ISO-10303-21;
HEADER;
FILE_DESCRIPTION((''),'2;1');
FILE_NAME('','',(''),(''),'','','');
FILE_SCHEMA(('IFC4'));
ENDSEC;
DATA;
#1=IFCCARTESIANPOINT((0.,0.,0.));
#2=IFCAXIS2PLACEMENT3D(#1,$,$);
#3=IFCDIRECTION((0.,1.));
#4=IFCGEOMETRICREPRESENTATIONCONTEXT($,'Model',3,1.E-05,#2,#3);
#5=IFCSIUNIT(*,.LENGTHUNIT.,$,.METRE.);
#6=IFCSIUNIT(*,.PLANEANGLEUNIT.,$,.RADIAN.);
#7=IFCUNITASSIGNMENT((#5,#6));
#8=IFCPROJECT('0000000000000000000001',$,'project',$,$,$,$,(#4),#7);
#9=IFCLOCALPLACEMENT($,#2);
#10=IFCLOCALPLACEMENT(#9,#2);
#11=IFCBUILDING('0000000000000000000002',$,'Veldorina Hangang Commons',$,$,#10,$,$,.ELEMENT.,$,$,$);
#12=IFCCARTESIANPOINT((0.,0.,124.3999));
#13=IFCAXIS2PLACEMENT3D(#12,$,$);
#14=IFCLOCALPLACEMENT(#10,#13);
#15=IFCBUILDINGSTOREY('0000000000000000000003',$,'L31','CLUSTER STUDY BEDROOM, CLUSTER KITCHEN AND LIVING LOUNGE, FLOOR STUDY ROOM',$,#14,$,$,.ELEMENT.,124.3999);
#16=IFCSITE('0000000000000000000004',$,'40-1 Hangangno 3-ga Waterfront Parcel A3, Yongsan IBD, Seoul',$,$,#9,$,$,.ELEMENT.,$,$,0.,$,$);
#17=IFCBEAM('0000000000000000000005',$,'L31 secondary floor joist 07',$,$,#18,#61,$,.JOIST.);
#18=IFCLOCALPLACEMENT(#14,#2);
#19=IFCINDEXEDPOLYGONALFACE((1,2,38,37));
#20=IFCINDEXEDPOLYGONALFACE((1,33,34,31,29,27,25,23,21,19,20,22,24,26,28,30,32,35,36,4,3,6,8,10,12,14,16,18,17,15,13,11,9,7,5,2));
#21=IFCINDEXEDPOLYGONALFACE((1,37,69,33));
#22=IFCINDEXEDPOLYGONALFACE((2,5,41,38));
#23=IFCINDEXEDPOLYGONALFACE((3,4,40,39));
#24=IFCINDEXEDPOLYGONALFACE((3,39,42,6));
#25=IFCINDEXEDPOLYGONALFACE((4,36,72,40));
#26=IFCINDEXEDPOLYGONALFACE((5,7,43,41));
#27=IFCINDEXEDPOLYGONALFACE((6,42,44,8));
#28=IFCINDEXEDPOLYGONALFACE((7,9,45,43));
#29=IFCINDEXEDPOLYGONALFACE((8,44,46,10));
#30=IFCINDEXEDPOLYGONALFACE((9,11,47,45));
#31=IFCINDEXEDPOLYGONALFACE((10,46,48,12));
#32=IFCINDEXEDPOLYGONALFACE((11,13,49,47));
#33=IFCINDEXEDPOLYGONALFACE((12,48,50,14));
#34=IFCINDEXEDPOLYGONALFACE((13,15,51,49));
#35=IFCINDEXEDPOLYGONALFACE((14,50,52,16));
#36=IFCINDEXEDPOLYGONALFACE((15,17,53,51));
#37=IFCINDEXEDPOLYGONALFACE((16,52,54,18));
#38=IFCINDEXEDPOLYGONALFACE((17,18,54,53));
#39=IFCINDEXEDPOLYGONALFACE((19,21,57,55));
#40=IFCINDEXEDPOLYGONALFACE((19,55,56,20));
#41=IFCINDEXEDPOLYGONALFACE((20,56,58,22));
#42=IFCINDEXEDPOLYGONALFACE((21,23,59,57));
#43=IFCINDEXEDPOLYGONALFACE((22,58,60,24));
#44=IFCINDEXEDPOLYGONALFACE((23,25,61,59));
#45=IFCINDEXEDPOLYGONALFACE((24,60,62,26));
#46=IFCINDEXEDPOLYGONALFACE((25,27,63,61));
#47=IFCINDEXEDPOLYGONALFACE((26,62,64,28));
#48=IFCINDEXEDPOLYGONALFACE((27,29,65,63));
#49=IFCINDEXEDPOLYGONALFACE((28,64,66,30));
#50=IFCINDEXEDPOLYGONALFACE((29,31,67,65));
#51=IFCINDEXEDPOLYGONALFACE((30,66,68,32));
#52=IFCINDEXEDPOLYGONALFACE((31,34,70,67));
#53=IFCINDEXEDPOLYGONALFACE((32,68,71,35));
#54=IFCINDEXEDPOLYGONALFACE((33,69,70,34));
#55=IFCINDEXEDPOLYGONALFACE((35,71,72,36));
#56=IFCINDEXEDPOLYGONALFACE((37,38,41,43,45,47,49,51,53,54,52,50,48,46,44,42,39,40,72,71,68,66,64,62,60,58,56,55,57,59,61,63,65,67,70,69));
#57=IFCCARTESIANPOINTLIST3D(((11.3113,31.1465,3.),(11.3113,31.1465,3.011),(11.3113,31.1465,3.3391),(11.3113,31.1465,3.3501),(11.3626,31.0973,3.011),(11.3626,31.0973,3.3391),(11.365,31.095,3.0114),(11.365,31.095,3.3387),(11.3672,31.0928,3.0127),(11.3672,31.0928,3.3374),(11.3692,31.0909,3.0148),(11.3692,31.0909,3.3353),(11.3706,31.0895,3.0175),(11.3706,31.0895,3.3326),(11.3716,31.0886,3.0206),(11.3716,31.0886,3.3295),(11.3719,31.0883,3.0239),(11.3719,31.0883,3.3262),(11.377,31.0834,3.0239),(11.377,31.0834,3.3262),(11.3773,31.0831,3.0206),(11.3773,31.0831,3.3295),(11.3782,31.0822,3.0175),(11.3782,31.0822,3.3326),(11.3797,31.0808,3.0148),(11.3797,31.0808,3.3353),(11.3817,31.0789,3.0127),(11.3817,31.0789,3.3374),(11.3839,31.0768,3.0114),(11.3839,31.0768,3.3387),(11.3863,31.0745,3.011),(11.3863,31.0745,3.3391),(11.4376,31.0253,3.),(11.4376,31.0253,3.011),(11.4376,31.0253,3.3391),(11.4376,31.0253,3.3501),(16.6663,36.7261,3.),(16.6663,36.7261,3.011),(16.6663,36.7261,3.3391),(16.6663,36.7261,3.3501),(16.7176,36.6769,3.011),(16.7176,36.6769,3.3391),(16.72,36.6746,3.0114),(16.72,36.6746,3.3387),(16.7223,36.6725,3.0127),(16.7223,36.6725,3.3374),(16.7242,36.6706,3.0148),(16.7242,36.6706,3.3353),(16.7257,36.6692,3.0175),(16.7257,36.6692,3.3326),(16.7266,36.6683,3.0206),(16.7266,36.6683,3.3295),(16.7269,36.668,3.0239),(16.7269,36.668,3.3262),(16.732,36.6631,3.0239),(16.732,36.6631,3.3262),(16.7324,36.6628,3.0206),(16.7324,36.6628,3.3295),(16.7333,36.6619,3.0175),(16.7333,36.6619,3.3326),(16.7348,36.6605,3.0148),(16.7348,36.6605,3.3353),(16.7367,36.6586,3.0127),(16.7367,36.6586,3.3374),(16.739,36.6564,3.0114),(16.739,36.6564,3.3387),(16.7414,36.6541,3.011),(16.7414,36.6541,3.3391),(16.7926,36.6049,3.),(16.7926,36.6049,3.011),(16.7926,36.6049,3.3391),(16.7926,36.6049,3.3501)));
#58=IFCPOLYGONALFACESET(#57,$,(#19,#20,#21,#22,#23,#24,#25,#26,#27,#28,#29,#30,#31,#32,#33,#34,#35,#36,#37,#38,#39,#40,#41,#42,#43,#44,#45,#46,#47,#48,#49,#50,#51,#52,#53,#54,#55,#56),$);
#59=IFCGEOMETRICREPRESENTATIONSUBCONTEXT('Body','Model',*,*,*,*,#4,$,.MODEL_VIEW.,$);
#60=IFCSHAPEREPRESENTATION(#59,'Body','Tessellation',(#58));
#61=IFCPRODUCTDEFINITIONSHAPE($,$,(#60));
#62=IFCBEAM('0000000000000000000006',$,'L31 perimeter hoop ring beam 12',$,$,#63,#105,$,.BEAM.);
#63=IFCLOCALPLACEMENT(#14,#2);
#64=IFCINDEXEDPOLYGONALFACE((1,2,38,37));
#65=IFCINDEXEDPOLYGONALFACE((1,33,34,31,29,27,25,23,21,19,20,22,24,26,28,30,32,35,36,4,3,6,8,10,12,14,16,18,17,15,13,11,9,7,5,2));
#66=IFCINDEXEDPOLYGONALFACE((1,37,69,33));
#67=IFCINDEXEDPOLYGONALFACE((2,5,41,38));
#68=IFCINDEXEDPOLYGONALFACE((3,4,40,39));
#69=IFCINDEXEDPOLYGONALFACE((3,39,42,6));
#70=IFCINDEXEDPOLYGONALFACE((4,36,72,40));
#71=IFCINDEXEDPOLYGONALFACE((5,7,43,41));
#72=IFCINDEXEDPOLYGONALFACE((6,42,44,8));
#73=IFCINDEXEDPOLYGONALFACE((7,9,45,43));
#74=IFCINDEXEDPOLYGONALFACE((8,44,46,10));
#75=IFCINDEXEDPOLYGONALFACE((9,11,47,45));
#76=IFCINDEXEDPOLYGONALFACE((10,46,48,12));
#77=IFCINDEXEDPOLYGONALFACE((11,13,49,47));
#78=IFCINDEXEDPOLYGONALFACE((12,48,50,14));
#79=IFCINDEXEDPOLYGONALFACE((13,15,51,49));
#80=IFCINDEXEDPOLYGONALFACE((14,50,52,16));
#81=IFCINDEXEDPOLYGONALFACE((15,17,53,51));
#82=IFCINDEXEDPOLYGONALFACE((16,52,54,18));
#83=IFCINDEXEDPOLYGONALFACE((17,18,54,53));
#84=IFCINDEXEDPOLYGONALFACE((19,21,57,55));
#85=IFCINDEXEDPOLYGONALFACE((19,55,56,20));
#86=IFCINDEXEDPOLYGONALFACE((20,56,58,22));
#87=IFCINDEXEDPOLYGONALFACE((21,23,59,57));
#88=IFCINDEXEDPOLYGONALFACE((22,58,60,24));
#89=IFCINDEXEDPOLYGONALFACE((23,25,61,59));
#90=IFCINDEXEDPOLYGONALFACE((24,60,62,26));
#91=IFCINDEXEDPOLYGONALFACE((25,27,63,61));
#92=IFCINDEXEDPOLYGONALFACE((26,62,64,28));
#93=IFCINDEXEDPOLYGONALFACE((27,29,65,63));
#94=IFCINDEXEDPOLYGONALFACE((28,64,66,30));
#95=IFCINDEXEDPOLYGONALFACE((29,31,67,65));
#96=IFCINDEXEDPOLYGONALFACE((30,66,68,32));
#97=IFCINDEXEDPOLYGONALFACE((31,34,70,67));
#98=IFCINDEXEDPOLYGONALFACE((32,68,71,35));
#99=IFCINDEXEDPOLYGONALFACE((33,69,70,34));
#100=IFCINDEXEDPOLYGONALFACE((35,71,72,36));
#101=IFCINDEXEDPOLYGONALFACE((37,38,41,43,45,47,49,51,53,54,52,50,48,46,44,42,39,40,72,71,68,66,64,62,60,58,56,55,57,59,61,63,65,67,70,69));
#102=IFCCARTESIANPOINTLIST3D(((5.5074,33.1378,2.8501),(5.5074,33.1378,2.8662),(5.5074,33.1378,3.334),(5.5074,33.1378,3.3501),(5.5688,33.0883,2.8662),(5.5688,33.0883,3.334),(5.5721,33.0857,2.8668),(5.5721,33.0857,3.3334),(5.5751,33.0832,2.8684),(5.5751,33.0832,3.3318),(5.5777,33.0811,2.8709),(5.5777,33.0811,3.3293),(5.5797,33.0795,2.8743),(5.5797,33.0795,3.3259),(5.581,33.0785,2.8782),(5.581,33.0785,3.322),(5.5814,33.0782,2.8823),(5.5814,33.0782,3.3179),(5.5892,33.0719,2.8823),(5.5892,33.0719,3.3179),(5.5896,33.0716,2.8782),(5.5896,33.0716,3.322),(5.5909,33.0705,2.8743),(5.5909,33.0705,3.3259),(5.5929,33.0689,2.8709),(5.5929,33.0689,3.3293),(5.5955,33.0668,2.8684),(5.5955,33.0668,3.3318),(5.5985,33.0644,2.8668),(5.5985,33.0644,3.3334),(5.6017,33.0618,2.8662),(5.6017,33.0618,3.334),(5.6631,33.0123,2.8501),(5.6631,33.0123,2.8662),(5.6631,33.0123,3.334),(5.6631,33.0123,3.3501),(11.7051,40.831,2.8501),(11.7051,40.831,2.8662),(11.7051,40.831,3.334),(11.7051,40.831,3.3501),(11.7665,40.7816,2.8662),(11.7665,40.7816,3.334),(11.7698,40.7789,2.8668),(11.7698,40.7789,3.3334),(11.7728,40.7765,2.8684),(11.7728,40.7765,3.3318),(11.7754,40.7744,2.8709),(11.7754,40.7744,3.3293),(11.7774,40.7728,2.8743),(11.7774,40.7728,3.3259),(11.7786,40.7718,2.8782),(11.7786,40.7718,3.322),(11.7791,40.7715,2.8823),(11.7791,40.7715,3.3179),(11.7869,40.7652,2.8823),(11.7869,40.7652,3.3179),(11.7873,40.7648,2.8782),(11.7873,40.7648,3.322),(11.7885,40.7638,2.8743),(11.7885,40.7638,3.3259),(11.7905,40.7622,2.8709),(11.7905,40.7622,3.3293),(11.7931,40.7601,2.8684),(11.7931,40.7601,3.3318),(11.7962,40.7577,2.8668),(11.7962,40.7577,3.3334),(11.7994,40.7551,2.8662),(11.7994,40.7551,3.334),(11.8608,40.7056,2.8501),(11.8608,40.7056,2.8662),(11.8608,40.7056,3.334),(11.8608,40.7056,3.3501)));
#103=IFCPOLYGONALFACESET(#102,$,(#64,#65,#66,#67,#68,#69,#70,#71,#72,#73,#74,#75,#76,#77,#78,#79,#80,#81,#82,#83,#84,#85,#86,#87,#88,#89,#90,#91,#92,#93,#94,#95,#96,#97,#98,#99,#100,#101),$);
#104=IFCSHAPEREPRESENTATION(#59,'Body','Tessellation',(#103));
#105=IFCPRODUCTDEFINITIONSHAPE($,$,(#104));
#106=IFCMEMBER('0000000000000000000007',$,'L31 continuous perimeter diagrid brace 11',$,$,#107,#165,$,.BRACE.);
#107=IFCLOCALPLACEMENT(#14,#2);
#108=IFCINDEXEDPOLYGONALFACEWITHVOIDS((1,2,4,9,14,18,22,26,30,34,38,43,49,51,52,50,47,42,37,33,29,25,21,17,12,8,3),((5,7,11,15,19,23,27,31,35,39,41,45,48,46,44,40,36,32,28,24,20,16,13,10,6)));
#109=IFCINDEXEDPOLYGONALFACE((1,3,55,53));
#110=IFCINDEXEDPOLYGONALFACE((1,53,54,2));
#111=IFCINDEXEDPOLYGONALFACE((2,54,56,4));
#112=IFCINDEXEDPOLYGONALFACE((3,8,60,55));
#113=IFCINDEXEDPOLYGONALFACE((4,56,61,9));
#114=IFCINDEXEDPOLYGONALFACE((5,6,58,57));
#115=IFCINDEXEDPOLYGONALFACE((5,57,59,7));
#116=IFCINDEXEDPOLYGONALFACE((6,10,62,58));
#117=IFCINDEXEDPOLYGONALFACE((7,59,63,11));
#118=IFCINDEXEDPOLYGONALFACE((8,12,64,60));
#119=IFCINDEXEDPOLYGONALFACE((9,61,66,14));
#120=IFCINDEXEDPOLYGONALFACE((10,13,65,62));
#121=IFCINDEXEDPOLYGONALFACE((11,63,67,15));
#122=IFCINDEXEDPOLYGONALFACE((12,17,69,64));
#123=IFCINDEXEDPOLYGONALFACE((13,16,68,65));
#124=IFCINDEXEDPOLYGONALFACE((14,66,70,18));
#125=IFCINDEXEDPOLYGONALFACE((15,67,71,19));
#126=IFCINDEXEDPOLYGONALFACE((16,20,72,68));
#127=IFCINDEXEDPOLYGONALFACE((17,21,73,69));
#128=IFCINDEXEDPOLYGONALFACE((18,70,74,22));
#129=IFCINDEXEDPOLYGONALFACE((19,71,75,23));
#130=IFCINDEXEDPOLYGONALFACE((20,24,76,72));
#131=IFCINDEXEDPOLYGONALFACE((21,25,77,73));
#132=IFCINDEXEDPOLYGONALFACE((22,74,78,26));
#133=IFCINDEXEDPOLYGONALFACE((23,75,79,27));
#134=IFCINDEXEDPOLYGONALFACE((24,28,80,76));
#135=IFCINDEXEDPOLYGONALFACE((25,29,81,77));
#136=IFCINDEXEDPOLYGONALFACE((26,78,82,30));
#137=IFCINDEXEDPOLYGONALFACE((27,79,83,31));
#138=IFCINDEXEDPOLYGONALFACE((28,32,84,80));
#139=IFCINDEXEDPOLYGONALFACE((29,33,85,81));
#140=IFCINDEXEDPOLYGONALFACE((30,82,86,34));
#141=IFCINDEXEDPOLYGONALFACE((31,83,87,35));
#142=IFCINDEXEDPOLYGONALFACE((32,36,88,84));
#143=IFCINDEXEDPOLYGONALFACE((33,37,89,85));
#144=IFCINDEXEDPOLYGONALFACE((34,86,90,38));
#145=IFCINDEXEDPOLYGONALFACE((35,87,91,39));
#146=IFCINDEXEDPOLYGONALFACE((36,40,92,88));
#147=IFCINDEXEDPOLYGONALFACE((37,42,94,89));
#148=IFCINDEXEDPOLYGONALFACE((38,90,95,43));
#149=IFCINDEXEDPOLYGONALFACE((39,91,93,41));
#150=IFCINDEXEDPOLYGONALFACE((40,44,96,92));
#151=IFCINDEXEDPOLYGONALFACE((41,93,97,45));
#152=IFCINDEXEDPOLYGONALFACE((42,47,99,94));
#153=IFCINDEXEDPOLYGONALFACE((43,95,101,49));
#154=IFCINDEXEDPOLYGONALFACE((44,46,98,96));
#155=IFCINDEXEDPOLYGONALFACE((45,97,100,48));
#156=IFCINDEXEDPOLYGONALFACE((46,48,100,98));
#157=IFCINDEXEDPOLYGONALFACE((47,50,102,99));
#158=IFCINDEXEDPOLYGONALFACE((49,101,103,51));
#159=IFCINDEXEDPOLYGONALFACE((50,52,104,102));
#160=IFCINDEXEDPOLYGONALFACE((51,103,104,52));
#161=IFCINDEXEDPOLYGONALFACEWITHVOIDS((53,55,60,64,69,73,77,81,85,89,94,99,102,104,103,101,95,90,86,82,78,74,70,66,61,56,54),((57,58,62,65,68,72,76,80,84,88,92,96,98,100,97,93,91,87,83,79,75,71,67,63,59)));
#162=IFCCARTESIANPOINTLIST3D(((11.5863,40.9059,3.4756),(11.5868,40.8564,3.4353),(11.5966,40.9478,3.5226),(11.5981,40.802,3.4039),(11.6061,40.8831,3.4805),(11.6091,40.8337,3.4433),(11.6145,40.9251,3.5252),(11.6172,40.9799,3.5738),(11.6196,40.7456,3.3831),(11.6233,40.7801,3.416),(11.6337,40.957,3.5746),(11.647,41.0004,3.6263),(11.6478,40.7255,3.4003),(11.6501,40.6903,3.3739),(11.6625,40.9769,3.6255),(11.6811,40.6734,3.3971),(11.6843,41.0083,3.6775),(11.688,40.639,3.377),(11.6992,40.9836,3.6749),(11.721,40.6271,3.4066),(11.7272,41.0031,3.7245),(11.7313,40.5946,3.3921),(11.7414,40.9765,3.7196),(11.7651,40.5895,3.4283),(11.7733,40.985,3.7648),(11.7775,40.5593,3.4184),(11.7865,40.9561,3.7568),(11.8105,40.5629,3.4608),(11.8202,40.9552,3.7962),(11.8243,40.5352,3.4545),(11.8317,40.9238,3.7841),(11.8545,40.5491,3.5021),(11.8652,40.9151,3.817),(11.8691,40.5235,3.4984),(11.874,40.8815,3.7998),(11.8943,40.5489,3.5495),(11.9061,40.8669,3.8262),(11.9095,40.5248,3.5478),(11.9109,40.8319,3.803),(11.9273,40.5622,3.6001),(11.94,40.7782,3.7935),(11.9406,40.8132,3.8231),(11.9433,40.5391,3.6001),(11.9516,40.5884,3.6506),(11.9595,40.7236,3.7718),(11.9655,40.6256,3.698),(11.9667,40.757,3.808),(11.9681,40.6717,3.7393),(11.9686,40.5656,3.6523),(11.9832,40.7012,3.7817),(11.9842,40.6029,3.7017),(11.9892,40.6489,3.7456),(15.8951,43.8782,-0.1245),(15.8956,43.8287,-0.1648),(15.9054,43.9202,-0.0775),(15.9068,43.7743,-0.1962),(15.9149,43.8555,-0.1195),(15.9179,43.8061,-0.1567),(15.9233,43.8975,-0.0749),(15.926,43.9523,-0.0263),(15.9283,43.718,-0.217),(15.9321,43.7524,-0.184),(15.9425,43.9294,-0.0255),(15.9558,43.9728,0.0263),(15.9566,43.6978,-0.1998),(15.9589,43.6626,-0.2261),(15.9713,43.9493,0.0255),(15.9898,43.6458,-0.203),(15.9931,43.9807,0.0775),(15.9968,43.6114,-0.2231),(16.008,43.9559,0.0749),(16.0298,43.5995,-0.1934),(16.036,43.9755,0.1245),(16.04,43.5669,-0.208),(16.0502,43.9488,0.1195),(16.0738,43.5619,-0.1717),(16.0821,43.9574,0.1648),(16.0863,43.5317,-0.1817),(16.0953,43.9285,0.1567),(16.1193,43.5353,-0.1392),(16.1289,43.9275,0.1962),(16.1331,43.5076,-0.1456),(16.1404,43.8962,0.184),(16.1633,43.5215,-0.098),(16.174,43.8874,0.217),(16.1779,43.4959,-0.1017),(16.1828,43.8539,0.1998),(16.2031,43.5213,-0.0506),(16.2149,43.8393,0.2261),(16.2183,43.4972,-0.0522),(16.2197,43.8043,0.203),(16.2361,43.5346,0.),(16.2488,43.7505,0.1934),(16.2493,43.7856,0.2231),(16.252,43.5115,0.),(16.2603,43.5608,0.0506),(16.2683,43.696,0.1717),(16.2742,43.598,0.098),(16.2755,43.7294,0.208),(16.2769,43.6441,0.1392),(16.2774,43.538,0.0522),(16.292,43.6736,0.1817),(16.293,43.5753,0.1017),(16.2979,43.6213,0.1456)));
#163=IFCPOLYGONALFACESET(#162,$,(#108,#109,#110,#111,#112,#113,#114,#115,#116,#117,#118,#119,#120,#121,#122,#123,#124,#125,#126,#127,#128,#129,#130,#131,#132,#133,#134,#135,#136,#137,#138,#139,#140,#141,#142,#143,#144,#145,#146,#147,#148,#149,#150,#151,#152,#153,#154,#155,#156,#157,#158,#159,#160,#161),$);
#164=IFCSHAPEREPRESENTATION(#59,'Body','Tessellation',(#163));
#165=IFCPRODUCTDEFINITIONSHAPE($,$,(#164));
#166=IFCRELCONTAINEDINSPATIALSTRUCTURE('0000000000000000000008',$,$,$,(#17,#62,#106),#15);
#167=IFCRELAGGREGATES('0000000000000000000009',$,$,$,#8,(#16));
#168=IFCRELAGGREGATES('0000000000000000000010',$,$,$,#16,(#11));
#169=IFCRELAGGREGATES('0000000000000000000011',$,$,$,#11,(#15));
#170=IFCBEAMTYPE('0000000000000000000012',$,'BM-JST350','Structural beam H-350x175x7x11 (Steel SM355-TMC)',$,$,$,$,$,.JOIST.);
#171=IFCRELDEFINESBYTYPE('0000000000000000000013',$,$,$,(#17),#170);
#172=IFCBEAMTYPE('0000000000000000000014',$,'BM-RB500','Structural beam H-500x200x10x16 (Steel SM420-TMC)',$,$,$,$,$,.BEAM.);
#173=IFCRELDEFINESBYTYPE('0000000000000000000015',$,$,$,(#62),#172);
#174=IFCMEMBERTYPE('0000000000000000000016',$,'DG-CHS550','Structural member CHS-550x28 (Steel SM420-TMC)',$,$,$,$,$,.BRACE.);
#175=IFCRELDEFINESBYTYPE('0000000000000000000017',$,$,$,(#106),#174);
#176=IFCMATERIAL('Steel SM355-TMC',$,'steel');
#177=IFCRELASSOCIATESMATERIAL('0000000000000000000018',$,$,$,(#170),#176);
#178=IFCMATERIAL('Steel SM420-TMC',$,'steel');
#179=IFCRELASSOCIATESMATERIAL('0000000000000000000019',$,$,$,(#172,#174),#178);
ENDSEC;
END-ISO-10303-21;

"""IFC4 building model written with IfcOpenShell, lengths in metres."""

from ifc_helpers import new_model, si_unit, direction, frame, origin, origin_2d, place, context, subcontext, project, spatial, hollow_circle, i_section, extrude, material, material_profile, profile_set, type_object, element, save


model = new_model("IFC4")

# Units and contexts
model_context = context("Model", 3, precision=1e-05, world=origin(), true_north=direction((0.0, 1.0)))
body_context = subcontext(model_context, "Body", "Model", "MODEL_VIEW")
ifc_project = project(units=[si_unit("LENGTHUNIT", "METRE"), si_unit("PLANEANGLEUNIT", "RADIAN")], contexts=[model_context])

# Site, building, storey
site_placement = place(None, origin())
site = spatial("IfcSite", under=ifc_project, at=site_placement, Name="40-1 Hangangno 3-ga Waterfront Parcel A3, Yongsan IBD, Seoul", CompositionType="ELEMENT", RefElevation=0.0)
building_placement = place(site_placement, origin())
building = spatial("IfcBuilding", under=site, at=building_placement, Name="Veldorina Hangang Commons", CompositionType="ELEMENT")
storey_placement = place(building_placement, frame((0.0, 0.0, 124.3999)))
storey = spatial("IfcBuildingStorey", under=building, at=storey_placement, Name="L31", Description="CLUSTER STUDY BEDROOM, CLUSTER KITCHEN AND LIVING LOUNGE, FLOOR STUDY ROOM", CompositionType="ELEMENT", Elevation=124.3999)

# Beams
ifc_material_1 = material(Name="Steel SM355-TMC", Category="steel")
ifc_material_profile_1 = material_profile(ifc_material_1, i_section(OverallWidth=0.175, OverallDepth=0.3501, WebThickness=0.0071, FlangeThickness=0.011, FilletRadius=0.0129, at=origin_2d()), Name="H-350x175x7x11")
ifc_profile_set_1 = profile_set([ifc_material_profile_1], Name="Steel SM355-TMC")
beam_type_1 = type_object("IfcBeamType", Name="BM-JST350", Description="Structural beam H-350x175x7x11 (Steel SM355-TMC)", PredefinedType="JOIST", material=ifc_profile_set_1)
beam_1_placement = place(storey_placement, frame((16.7295, 36.6655, 3.175), z_axis=(-0.692436, -0.721479, 0.0), x_axis=(0.721479, -0.692436, 0.0)))
element("IfcBeam", 1, at=beam_1_placement, inside=storey, type_object=beam_type_1, Name="L31 secondary floor joist 07", PredefinedType="JOIST", context=body_context, shape_type="SweptSolid", body=[
    extrude(i_section(OverallWidth=0.175, OverallDepth=0.3501, WebThickness=0.0071, FlangeThickness=0.011, FilletRadius=0.0129, at=origin_2d()), origin(), (0.0, 0.0, 1.0), 7.7336),
])
ifc_material_2 = material(Name="Steel SM420-TMC", Category="steel")
ifc_material_profile_2 = material_profile(ifc_material_2, i_section(OverallWidth=0.2, OverallDepth=0.5, WebThickness=0.01, FlangeThickness=0.0161, FilletRadius=0.0161, at=origin_2d()), Name="H-500x200x10x16")
ifc_profile_set_2 = profile_set([ifc_material_profile_2], Name="Steel SM420-TMC")
beam_type_2 = type_object("IfcBeamType", Name="BM-RB500", Description="Structural beam H-500x200x10x16 (Steel SM420-TMC)", PredefinedType="BEAM", material=ifc_profile_set_2)
beam_2_placement = place(storey_placement, frame((11.783, 40.7683, 3.1001), z_axis=(-0.62735, -0.778738, 0.0), x_axis=(0.778738, -0.62735, 0.0)))
element("IfcBeam", 2, at=beam_2_placement, inside=storey, type_object=beam_type_2, Name="L31 perimeter hoop ring beam 12", PredefinedType="BEAM", context=body_context, shape_type="SweptSolid", body=[
    extrude(i_section(OverallWidth=0.2, OverallDepth=0.5, WebThickness=0.01, FlangeThickness=0.0161, FilletRadius=0.0161, at=origin_2d()), origin(), (0.0, 0.0, 1.0), 9.8792),
])

# Member
ifc_material_profile_3 = material_profile(ifc_material_2, hollow_circle(Radius=0.2749, WallThickness=0.0281, at=origin_2d()), Name="CHS-550x28")
ifc_profile_set_3 = profile_set([ifc_material_profile_3], Name="Steel SM420-TMC")
member_type = type_object("IfcMemberType", Name="DG-CHS550", Description="Structural member CHS-550x28 (Steel SM420-TMC)", PredefinedType="BRACE", material=ifc_profile_set_3)
member_1_placement = place(storey_placement, frame((16.0959, 43.7378, 0.0), z_axis=(-0.678225, -0.467867, 0.566667), x_axis=(0.567836, -0.823141, 0.0)))
element("IfcMember", 3, at=member_1_placement, inside=storey, type_object=member_type, Name="L31 continuous perimeter diagrid brace 11", PredefinedType="BRACE", context=body_context, shape_type="SweptSolid", body=[
    extrude(hollow_circle(Radius=0.2749, WallThickness=0.0281, at=origin_2d()), origin(), (0.0, 0.0, 1.0), 6.353),
])

save(model, "model.ifc")
